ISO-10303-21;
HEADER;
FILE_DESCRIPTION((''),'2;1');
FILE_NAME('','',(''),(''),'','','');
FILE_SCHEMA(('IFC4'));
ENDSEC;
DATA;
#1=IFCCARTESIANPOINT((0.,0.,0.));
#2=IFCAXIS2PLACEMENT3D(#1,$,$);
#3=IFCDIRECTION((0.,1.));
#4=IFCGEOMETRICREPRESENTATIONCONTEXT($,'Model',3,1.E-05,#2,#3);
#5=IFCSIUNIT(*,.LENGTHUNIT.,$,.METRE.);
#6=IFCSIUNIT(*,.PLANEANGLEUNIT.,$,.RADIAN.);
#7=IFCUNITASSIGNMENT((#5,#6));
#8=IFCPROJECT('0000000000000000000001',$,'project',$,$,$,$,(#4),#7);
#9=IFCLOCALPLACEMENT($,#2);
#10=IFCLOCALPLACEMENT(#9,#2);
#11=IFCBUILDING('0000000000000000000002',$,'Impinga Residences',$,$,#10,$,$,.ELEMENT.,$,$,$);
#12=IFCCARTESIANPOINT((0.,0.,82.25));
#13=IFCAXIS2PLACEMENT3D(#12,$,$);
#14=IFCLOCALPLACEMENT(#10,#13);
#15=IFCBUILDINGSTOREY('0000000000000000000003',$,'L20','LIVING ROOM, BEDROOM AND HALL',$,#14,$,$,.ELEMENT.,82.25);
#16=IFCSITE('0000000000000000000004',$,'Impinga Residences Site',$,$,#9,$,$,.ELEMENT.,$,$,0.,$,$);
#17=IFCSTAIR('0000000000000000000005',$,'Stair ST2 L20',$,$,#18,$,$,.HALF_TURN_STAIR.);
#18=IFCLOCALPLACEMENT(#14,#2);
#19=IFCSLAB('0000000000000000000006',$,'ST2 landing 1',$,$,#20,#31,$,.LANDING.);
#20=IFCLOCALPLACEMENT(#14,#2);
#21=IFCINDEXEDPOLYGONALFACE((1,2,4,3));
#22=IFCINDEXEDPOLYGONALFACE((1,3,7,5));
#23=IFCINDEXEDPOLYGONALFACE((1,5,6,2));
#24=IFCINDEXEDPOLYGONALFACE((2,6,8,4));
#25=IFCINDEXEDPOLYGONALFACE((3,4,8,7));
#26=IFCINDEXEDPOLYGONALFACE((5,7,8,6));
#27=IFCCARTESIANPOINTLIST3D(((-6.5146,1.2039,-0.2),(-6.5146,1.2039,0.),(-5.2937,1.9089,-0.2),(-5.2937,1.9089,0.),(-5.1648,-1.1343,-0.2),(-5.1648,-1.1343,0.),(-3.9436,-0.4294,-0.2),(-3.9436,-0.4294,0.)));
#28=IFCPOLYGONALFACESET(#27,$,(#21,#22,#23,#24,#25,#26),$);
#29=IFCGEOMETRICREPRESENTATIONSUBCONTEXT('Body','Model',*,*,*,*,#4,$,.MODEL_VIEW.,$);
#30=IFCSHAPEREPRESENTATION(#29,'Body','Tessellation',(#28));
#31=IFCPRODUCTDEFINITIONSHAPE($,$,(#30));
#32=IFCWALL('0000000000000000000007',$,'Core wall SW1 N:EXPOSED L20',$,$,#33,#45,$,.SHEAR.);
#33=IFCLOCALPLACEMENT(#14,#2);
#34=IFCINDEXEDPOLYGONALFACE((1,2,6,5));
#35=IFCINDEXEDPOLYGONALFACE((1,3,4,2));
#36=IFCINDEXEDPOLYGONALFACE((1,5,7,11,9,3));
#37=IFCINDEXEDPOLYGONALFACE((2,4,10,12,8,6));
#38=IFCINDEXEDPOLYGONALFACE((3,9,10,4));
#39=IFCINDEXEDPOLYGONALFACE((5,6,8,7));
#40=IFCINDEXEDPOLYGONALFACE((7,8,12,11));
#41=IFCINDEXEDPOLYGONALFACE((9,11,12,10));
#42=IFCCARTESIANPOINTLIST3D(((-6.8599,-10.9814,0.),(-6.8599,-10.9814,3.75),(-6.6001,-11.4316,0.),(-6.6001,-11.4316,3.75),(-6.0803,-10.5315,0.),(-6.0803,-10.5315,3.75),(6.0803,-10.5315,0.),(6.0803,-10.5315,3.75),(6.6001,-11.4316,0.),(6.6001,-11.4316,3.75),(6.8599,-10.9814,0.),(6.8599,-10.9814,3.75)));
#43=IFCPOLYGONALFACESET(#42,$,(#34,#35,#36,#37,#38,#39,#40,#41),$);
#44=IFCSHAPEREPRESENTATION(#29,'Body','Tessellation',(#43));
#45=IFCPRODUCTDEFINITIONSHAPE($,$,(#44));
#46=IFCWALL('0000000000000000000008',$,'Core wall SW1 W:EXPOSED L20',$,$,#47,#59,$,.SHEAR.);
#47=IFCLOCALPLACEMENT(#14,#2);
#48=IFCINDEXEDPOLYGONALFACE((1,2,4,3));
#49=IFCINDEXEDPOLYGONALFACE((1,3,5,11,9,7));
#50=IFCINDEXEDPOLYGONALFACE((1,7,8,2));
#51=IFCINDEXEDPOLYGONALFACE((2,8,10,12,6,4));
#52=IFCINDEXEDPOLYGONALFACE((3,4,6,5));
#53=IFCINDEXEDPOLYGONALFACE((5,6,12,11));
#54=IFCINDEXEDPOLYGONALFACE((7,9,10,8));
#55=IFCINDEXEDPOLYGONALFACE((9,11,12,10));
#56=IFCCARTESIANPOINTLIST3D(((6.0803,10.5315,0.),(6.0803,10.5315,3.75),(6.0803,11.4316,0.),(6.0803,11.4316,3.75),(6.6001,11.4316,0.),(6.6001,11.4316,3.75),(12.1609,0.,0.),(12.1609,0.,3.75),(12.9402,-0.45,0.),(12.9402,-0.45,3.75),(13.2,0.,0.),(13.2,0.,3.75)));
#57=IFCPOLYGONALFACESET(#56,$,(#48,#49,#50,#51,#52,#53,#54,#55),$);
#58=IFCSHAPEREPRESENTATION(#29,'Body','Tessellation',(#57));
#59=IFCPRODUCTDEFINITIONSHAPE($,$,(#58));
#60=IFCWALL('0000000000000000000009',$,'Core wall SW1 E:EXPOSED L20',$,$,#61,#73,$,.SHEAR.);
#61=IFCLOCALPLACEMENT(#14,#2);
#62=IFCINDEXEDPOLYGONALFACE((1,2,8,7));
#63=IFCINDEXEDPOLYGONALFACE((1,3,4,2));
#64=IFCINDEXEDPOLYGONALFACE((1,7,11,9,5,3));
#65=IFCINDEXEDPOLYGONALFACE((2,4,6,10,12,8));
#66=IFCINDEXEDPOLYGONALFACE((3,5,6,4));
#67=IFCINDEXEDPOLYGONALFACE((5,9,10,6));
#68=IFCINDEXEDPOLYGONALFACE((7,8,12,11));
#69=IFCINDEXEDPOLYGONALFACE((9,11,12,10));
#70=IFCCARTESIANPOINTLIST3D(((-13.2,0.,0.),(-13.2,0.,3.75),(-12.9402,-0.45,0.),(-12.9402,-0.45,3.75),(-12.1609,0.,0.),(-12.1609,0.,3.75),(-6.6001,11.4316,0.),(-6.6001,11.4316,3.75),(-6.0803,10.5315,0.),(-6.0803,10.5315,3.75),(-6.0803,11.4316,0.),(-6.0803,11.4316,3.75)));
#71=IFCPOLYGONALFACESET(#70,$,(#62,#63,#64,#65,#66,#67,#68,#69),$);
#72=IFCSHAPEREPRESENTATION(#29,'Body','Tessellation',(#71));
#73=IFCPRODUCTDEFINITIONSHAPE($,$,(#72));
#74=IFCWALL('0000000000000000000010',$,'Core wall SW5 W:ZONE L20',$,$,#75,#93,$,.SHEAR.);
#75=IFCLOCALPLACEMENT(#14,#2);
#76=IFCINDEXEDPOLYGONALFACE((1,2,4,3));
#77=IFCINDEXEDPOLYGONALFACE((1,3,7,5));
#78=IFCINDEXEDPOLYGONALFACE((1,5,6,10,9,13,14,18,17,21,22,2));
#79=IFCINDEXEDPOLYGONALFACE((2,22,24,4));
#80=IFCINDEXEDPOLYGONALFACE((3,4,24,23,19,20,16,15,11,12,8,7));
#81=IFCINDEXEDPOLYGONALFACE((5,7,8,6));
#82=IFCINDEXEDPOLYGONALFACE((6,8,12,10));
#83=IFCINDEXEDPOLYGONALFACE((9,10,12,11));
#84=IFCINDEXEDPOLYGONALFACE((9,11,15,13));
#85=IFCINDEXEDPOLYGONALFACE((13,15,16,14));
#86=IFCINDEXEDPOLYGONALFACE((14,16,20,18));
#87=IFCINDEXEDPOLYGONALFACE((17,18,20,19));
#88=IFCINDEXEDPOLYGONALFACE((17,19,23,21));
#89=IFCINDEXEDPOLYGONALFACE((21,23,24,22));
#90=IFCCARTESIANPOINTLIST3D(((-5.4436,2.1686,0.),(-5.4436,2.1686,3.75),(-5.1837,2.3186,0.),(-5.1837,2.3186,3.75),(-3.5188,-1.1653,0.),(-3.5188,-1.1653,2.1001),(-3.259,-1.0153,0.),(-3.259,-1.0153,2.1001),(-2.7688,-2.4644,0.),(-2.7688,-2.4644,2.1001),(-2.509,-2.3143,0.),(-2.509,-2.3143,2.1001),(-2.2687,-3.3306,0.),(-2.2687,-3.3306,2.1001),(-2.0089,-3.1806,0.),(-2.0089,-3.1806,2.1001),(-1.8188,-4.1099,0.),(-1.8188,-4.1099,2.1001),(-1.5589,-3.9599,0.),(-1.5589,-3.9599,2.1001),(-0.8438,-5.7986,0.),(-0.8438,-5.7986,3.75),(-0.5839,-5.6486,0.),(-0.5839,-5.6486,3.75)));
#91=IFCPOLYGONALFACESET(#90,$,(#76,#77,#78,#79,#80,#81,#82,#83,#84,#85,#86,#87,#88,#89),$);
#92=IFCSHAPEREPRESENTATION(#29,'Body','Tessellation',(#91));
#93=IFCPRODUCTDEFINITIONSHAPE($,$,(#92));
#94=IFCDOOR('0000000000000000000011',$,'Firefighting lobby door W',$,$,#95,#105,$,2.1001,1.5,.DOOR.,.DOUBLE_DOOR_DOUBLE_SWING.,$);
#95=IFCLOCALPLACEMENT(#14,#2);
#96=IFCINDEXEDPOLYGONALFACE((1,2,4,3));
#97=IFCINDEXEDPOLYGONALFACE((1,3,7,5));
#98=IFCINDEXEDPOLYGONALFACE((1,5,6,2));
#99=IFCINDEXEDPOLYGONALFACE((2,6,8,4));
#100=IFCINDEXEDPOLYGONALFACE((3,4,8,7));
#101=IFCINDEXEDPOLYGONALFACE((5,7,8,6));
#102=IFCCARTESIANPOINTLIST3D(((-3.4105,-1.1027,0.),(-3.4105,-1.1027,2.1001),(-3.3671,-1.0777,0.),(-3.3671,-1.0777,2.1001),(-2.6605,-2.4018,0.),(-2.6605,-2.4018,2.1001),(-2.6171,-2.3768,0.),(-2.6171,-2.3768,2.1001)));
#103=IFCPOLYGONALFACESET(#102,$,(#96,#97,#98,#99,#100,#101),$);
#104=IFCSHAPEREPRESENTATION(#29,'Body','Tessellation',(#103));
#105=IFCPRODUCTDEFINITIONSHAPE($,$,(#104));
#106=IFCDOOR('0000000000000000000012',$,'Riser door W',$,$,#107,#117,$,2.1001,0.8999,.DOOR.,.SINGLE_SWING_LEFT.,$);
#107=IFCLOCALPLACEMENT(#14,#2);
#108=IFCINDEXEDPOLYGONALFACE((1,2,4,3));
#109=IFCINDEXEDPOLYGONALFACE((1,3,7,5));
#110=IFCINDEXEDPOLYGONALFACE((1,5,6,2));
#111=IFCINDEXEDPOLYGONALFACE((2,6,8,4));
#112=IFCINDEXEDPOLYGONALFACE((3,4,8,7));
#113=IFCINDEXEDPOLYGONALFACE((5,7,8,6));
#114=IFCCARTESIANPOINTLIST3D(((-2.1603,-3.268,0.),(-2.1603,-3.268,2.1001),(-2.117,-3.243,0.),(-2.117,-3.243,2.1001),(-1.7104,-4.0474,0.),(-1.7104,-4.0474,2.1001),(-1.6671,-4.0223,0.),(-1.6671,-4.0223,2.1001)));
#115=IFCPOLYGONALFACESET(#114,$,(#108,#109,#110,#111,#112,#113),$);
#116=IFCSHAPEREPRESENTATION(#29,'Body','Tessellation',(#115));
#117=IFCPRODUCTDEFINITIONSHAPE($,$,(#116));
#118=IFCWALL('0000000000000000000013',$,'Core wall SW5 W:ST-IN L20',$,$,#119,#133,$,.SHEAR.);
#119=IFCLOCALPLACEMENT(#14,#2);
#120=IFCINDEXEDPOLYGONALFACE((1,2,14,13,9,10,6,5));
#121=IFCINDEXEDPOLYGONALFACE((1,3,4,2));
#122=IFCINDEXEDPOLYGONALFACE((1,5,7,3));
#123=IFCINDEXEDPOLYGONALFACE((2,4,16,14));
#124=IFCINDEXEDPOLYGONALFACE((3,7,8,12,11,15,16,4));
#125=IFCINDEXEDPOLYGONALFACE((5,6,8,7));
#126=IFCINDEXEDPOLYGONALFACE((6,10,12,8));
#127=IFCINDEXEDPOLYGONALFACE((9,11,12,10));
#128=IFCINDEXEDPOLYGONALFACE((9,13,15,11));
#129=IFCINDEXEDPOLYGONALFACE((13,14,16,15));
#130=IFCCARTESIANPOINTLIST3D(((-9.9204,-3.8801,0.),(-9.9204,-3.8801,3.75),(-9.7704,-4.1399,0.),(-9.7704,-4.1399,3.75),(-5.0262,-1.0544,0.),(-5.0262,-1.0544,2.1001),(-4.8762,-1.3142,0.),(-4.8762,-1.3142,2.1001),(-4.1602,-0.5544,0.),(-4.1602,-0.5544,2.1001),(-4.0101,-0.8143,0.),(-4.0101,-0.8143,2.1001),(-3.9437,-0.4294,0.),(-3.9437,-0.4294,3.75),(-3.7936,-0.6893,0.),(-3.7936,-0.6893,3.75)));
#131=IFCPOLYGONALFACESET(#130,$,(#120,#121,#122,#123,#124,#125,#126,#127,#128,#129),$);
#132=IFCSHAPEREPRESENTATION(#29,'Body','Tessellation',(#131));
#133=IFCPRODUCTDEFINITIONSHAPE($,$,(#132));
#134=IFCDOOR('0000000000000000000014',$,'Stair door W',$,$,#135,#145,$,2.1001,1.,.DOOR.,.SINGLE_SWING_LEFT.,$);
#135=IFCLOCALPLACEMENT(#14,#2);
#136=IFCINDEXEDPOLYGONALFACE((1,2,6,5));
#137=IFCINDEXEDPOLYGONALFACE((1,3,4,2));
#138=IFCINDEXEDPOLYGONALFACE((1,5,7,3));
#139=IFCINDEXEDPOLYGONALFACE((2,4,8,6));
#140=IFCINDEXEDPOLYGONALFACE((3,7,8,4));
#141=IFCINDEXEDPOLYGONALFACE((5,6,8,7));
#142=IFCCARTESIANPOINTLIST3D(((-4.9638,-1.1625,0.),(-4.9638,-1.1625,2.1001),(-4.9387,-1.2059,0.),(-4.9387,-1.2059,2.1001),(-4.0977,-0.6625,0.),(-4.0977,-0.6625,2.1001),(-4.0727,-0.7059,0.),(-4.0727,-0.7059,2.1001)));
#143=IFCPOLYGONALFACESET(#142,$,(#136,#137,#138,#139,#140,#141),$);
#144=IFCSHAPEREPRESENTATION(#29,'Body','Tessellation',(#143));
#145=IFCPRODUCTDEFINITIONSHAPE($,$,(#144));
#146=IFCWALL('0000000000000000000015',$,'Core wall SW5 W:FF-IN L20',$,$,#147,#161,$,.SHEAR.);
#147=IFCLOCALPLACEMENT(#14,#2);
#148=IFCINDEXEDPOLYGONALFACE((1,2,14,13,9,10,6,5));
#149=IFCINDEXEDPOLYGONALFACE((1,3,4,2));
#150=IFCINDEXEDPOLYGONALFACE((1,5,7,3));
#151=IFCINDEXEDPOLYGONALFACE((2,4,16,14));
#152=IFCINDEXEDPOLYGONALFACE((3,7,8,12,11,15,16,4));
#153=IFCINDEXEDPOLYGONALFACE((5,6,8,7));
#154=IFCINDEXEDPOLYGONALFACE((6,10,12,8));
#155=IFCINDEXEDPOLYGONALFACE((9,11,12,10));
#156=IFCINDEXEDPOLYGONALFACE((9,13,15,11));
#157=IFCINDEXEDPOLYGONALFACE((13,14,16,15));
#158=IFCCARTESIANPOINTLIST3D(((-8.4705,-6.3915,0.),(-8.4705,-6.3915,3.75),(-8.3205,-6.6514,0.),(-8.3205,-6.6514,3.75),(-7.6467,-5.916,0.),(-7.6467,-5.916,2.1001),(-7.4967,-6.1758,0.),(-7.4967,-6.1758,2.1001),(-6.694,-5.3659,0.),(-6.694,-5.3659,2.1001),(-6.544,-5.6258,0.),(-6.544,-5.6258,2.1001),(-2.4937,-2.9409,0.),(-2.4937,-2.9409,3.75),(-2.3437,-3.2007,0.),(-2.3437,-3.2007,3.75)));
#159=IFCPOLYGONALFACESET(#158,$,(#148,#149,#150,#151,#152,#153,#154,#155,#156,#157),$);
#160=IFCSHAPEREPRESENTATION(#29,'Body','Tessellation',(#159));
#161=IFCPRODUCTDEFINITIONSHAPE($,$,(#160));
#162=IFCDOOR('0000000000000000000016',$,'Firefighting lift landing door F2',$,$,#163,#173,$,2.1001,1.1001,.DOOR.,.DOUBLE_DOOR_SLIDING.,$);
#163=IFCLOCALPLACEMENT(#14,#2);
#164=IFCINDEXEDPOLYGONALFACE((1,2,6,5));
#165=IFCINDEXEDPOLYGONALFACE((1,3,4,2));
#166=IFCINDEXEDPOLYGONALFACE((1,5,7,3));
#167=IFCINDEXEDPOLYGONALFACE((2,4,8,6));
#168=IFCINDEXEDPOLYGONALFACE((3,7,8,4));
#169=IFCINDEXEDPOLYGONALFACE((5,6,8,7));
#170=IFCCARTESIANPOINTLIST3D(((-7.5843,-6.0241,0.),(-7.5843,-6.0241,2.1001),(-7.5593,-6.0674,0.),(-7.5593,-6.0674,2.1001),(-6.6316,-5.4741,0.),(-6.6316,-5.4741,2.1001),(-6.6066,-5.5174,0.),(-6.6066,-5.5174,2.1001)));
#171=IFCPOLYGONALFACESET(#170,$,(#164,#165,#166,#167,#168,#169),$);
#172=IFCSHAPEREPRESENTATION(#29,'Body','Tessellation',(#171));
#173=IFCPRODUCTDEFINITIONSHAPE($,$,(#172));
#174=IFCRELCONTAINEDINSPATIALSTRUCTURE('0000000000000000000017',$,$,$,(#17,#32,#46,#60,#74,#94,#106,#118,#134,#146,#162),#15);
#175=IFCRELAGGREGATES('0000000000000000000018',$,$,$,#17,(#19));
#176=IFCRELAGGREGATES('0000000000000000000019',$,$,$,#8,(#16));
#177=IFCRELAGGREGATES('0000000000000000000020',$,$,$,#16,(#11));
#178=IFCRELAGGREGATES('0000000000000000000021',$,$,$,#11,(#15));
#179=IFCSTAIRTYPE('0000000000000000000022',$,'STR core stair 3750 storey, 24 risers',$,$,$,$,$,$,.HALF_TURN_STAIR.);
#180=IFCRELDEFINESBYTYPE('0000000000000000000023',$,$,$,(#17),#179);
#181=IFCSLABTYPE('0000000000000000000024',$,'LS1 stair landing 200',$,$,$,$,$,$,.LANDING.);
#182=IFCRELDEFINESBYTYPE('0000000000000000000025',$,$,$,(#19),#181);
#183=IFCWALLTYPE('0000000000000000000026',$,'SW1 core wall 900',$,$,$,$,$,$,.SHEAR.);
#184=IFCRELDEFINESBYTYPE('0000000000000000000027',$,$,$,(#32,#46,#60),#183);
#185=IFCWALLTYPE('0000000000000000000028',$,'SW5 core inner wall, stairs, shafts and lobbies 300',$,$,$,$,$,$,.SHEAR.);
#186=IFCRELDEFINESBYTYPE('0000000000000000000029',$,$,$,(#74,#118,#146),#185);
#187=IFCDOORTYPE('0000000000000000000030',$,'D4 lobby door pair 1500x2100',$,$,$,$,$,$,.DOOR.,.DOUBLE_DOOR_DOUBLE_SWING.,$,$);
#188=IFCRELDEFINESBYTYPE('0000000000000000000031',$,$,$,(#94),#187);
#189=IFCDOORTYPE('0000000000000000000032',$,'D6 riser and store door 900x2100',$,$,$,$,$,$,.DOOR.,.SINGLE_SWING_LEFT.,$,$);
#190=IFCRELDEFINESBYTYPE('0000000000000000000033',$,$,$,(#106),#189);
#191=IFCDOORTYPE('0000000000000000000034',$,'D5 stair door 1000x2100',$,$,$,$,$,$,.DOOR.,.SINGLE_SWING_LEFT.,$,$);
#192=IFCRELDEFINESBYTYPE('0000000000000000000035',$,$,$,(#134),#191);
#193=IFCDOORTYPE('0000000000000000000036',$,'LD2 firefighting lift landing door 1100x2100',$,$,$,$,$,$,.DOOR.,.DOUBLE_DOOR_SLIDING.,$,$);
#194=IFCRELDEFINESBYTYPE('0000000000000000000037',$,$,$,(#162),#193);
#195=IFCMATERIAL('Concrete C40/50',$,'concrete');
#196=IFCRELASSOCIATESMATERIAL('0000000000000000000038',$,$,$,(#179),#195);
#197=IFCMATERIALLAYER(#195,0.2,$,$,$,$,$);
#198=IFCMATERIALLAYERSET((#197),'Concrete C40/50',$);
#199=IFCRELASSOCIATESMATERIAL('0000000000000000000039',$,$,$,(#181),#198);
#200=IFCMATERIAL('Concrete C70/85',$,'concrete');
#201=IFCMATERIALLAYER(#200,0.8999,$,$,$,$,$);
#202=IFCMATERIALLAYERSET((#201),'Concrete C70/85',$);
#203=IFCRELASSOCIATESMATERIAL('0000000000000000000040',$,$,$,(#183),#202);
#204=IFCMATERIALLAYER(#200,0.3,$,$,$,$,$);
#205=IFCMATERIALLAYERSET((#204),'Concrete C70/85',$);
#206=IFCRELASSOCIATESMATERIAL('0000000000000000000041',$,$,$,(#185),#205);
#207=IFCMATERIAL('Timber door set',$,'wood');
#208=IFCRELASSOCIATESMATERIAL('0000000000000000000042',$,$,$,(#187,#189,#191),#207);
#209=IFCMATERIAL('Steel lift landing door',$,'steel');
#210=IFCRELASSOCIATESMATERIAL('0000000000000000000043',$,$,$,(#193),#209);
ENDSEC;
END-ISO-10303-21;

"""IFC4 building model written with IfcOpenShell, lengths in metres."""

from ifc_helpers import new_model, si_unit, direction, frame, frame_2d, origin, place, context, subcontext, project, spatial, polyline, rectangle, outline, extrude, material, layer, layer_set, type_object, element, fill, aggregate, save


model = new_model("IFC4")

# Units and contexts
model_context = context("Model", 3, precision=1e-05, world=origin(), true_north=direction((0.0, 1.0)))
body_context = subcontext(model_context, "Body", "Model", "MODEL_VIEW")
ifc_project = project(units=[si_unit("LENGTHUNIT", "METRE"), si_unit("PLANEANGLEUNIT", "RADIAN")], contexts=[model_context])

# Site, building, storey
site_placement = place(None, origin())
site = spatial("IfcSite", under=ifc_project, at=site_placement, Name="Impinga Residences Site", CompositionType="ELEMENT", RefElevation=0.0)
building_placement = place(site_placement, origin())
building = spatial("IfcBuilding", under=site, at=building_placement, Name="Impinga Residences", CompositionType="ELEMENT")
storey_placement = place(building_placement, frame((0.0, 0.0, 82.25)))
storey = spatial("IfcBuildingStorey", under=building, at=storey_placement, Name="L20", Description="LIVING ROOM, BEDROOM AND HALL", CompositionType="ELEMENT", Elevation=82.25)

# Shared definitions
ifc_material_1 = material(Name="Concrete C40/50", Category="concrete")
stair_type = type_object("IfcStairType", Name="STR core stair 3750 storey, 24 risers", PredefinedType="HALF_TURN_STAIR", material=ifc_material_1)
ifc_layer_1 = layer(ifc_material_1, 0.2)
ifc_layer_set_1 = layer_set([ifc_layer_1], Name="Concrete C40/50")
slab_type_1 = type_object("IfcSlabType", Name="LS1 stair landing 200", PredefinedType="LANDING", material=ifc_layer_set_1)

# Stair, slab
stair_1_placement = place(storey_placement, origin())
stair_1 = element("IfcStair", 1, at=stair_1_placement, inside=storey, type_object=stair_type, Name="Stair ST2 L20", PredefinedType="HALF_TURN_STAIR")
slab_1_placement = place(storey_placement, frame((0.0, 0.0, -0.2)))
slab_1 = element("IfcSlab", 2, at=slab_1_placement, type_object=slab_type_1, Name="ST2 landing 1", PredefinedType="LANDING", context=body_context, shape_type="SweptSolid", body=[
    extrude(outline(polyline([(-3.9436, -0.4294), (-5.2937, 1.9089), (-6.5146, 1.2039), (-5.1648, -1.1343), (-3.9436, -0.4294)])), origin(), (0.0, 0.0, 1.0), 0.2),
])

# Walls
ifc_material_2 = material(Name="Concrete C70/85", Category="concrete")
ifc_layer_2 = layer(ifc_material_2, 0.8999)
ifc_layer_set_2 = layer_set([ifc_layer_2], Name="Concrete C70/85")
wall_type_1 = type_object("IfcWallType", Name="SW1 core wall 900", PredefinedType="SHEAR", material=ifc_layer_set_2)
wall_1_placement = place(storey_placement, origin())
element("IfcWall", 3, at=wall_1_placement, inside=storey, type_object=wall_type_1, Name="Core wall SW1 N:EXPOSED L20", PredefinedType="SHEAR", context=body_context, shape_type="SweptSolid", body=[
    extrude(outline(polyline([(-6.6001, -11.4316), (6.6001, -11.4316), (6.8599, -10.9814), (6.0803, -10.5315), (-6.0803, -10.5315), (-6.8599, -10.9814), (-6.6001, -11.4316)])), origin(), (0.0, 0.0, 1.0), 3.75),
])
wall_2_placement = place(storey_placement, origin())
element("IfcWall", 4, at=wall_2_placement, inside=storey, type_object=wall_type_1, Name="Core wall SW1 W:EXPOSED L20", PredefinedType="SHEAR", context=body_context, shape_type="SweptSolid", body=[
    extrude(outline(polyline([(13.2, 0.0), (6.6001, 11.4316), (6.0803, 11.4316), (6.0803, 10.5315), (12.1609, 0.0), (12.9402, -0.45), (13.2, 0.0)])), origin(), (0.0, 0.0, 1.0), 3.75),
])
wall_3_placement = place(storey_placement, origin())
element("IfcWall", 5, at=wall_3_placement, inside=storey, type_object=wall_type_1, Name="Core wall SW1 E:EXPOSED L20", PredefinedType="SHEAR", context=body_context, shape_type="SweptSolid", body=[
    extrude(outline(polyline([(-6.6001, 11.4316), (-13.2, 0.0), (-12.9402, -0.45), (-12.1609, 0.0), (-6.0803, 10.5315), (-6.0803, 11.4316), (-6.6001, 11.4316)])), origin(), (0.0, 0.0, 1.0), 3.75),
])

# Wall, openings, doors
ifc_layer_3 = layer(ifc_material_2, 0.3)
ifc_layer_set_3 = layer_set([ifc_layer_3], Name="Concrete C70/85")
wall_type_2 = type_object("IfcWallType", Name="SW5 core inner wall, stairs, shafts and lobbies 300", PredefinedType="SHEAR", material=ifc_layer_set_3)
wall_4_placement = place(storey_placement, frame((-0.7139, -5.7236, 0.0), z_axis=(0.0, 0.0, 1.0), x_axis=(-0.499995, 0.866028, 0.0)))
wall_4 = element("IfcWall", 6, at=wall_4_placement, inside=storey, type_object=wall_type_2, Name="Core wall SW5 W:ZONE L20", PredefinedType="SHEAR", context=body_context, shape_type="SweptSolid", body=[
    extrude(rectangle(XDim=9.1997, YDim=0.3, at=frame_2d((4.5999, 0.0))), origin(), (0.0, 0.0, 1.0), 3.75),
])
opening_1_placement = place(wall_4_placement, frame((3.8501, 0.0, 0.0)))
opening_1 = element("IfcOpeningElement", 7, at=opening_1_placement, cuts=wall_4, PredefinedType="OPENING", context=body_context, shape_type="SweptSolid", body=[
    extrude(rectangle(XDim=1.5, YDim=2.1001, at=frame_2d((0.75, 1.05))), frame((0.0, 0.1599, 0.0), z_axis=(0.0, -1.0, 0.0), x_axis=(1.0, 0.0, 0.0)), (0.0, 0.0, 1.0), 0.3201),
])
opening_2_placement = place(wall_4_placement, frame((1.95, 0.0, 0.0)))
opening_2 = element("IfcOpeningElement", 8, at=opening_2_placement, cuts=wall_4, PredefinedType="OPENING", context=body_context, shape_type="SweptSolid", body=[
    extrude(rectangle(XDim=0.8999, YDim=2.1001, at=frame_2d((0.45, 1.05))), frame((0.0, 0.1599, 0.0), z_axis=(0.0, -1.0, 0.0), x_axis=(1.0, 0.0, 0.0)), (0.0, 0.0, 1.0), 0.3201),
])
ifc_material_3 = material(Name="Timber door set", Category="wood")
door_type_1 = type_object("IfcDoorType", Name="D4 lobby door pair 1500x2100", OperationType="DOUBLE_DOOR_DOUBLE_SWING", PredefinedType="DOOR", material=ifc_material_3)
door_1_placement = place(opening_1_placement, origin())
door_1 = element("IfcDoor", 9, at=door_1_placement, inside=storey, type_object=door_type_1, Name="Firefighting lobby door W", OperationType="DOUBLE_DOOR_DOUBLE_SWING", OverallHeight=2.1001, OverallWidth=1.5, PredefinedType="DOOR", context=body_context, shape_type="SweptSolid", body=[
    extrude(rectangle(XDim=1.5, YDim=2.1001, at=frame_2d((0.75, 1.05))), frame((0.0, 0.0249, 0.0), z_axis=(0.0, -1.0, 0.0), x_axis=(1.0, 0.0, 0.0)), (0.0, 0.0, 1.0), 0.05),
])
fill(opening_1, door_1)
door_type_2 = type_object("IfcDoorType", Name="D6 riser and store door 900x2100", OperationType="SINGLE_SWING_LEFT", PredefinedType="DOOR", material=ifc_material_3)
door_2_placement = place(opening_2_placement, origin())
door_2 = element("IfcDoor", 10, at=door_2_placement, inside=storey, type_object=door_type_2, Name="Riser door W", OperationType="SINGLE_SWING_LEFT", OverallHeight=2.1001, OverallWidth=0.8999, PredefinedType="DOOR", context=body_context, shape_type="SweptSolid", body=[
    extrude(rectangle(XDim=0.8999, YDim=2.1001, at=frame_2d((0.45, 1.05))), frame((0.0, 0.0249, 0.0), z_axis=(0.0, -1.0, 0.0), x_axis=(1.0, 0.0, 0.0)), (0.0, 0.0, 1.0), 0.05),
])
fill(opening_2, door_2)

# Walls, openings, doors
wall_5_placement = place(storey_placement, frame((-3.8687, -0.5593, 0.0), z_axis=(0.0, 0.0, 1.0), x_axis=(-0.866027, -0.499997, 0.0)))
wall_5 = element("IfcWall", 11, at=wall_5_placement, inside=storey, type_object=wall_type_2, Name="Core wall SW5 W:ST-IN L20", PredefinedType="SHEAR", context=body_context, shape_type="SweptSolid", body=[
    extrude(rectangle(XDim=6.9014, YDim=0.3, at=frame_2d((3.4507, 0.0))), origin(), (0.0, 0.0, 1.0), 3.75),
])
opening_3_placement = place(wall_5_placement, frame((0.25, 0.0, 0.0)))
opening_3 = element("IfcOpeningElement", 12, at=opening_3_placement, cuts=wall_5, PredefinedType="OPENING", context=body_context, shape_type="SweptSolid", body=[
    extrude(rectangle(XDim=1.0, YDim=2.1001, at=frame_2d((0.5, 1.05))), frame((0.0, 0.1599, 0.0), z_axis=(0.0, -1.0, 0.0), x_axis=(1.0, 0.0, 0.0)), (0.0, 0.0, 1.0), 0.3201),
])
door_type_3 = type_object("IfcDoorType", Name="D5 stair door 1000x2100", OperationType="SINGLE_SWING_LEFT", PredefinedType="DOOR", material=ifc_material_3)
door_3_placement = place(opening_3_placement, origin())
door_3 = element("IfcDoor", 13, at=door_3_placement, inside=storey, type_object=door_type_3, Name="Stair door W", OperationType="SINGLE_SWING_LEFT", OverallHeight=2.1001, OverallWidth=1.0, PredefinedType="DOOR", context=body_context, shape_type="SweptSolid", body=[
    extrude(rectangle(XDim=1.0, YDim=2.1001, at=frame_2d((0.5, 1.05))), frame((0.0, 0.0249, 0.0), z_axis=(0.0, -1.0, 0.0), x_axis=(1.0, 0.0, 0.0)), (0.0, 0.0, 1.0), 0.05),
])
fill(opening_3, door_3)
wall_6_placement = place(storey_placement, frame((-2.4187, -3.0708, 0.0), z_axis=(0.0, 0.0, 1.0), x_axis=(-0.866027, -0.499997, 0.0)))
wall_6 = element("IfcWall", 14, at=wall_6_placement, inside=storey, type_object=wall_type_2, Name="Core wall SW5 W:FF-IN L20", PredefinedType="SHEAR", context=body_context, shape_type="SweptSolid", body=[
    extrude(rectangle(XDim=6.9014, YDim=0.3, at=frame_2d((3.4507, 0.0))), origin(), (0.0, 0.0, 1.0), 3.75),
])
opening_4_placement = place(wall_6_placement, frame((4.8501, 0.0, 0.0)))
opening_4 = element("IfcOpeningElement", 15, at=opening_4_placement, cuts=wall_6, PredefinedType="OPENING", context=body_context, shape_type="SweptSolid", body=[
    extrude(rectangle(XDim=1.1001, YDim=2.1001, at=frame_2d((0.55, 1.05))), frame((0.0, 0.1599, 0.0), z_axis=(0.0, -1.0, 0.0), x_axis=(1.0, 0.0, 0.0)), (0.0, 0.0, 1.0), 0.3201),
])
ifc_material_4 = material(Name="Steel lift landing door", Category="steel")
door_type_4 = type_object("IfcDoorType", Name="LD2 firefighting lift landing door 1100x2100", OperationType="DOUBLE_DOOR_SLIDING", PredefinedType="DOOR", material=ifc_material_4)
door_4_placement = place(opening_4_placement, origin())
door_4 = element("IfcDoor", 16, at=door_4_placement, inside=storey, type_object=door_type_4, Name="Firefighting lift landing door F2", OperationType="DOUBLE_DOOR_SLIDING", OverallHeight=2.1001, OverallWidth=1.1001, PredefinedType="DOOR", context=body_context, shape_type="SweptSolid", body=[
    extrude(rectangle(XDim=1.1001, YDim=2.1001, at=frame_2d((0.55, 1.05))), frame((0.0, 0.0249, 0.0), z_axis=(0.0, -1.0, 0.0), x_axis=(1.0, 0.0, 0.0)), (0.0, 0.0, 1.0), 0.05),
])
fill(opening_4, door_4)

aggregate(stair_1, [slab_1])

save(model, "model.ifc")
